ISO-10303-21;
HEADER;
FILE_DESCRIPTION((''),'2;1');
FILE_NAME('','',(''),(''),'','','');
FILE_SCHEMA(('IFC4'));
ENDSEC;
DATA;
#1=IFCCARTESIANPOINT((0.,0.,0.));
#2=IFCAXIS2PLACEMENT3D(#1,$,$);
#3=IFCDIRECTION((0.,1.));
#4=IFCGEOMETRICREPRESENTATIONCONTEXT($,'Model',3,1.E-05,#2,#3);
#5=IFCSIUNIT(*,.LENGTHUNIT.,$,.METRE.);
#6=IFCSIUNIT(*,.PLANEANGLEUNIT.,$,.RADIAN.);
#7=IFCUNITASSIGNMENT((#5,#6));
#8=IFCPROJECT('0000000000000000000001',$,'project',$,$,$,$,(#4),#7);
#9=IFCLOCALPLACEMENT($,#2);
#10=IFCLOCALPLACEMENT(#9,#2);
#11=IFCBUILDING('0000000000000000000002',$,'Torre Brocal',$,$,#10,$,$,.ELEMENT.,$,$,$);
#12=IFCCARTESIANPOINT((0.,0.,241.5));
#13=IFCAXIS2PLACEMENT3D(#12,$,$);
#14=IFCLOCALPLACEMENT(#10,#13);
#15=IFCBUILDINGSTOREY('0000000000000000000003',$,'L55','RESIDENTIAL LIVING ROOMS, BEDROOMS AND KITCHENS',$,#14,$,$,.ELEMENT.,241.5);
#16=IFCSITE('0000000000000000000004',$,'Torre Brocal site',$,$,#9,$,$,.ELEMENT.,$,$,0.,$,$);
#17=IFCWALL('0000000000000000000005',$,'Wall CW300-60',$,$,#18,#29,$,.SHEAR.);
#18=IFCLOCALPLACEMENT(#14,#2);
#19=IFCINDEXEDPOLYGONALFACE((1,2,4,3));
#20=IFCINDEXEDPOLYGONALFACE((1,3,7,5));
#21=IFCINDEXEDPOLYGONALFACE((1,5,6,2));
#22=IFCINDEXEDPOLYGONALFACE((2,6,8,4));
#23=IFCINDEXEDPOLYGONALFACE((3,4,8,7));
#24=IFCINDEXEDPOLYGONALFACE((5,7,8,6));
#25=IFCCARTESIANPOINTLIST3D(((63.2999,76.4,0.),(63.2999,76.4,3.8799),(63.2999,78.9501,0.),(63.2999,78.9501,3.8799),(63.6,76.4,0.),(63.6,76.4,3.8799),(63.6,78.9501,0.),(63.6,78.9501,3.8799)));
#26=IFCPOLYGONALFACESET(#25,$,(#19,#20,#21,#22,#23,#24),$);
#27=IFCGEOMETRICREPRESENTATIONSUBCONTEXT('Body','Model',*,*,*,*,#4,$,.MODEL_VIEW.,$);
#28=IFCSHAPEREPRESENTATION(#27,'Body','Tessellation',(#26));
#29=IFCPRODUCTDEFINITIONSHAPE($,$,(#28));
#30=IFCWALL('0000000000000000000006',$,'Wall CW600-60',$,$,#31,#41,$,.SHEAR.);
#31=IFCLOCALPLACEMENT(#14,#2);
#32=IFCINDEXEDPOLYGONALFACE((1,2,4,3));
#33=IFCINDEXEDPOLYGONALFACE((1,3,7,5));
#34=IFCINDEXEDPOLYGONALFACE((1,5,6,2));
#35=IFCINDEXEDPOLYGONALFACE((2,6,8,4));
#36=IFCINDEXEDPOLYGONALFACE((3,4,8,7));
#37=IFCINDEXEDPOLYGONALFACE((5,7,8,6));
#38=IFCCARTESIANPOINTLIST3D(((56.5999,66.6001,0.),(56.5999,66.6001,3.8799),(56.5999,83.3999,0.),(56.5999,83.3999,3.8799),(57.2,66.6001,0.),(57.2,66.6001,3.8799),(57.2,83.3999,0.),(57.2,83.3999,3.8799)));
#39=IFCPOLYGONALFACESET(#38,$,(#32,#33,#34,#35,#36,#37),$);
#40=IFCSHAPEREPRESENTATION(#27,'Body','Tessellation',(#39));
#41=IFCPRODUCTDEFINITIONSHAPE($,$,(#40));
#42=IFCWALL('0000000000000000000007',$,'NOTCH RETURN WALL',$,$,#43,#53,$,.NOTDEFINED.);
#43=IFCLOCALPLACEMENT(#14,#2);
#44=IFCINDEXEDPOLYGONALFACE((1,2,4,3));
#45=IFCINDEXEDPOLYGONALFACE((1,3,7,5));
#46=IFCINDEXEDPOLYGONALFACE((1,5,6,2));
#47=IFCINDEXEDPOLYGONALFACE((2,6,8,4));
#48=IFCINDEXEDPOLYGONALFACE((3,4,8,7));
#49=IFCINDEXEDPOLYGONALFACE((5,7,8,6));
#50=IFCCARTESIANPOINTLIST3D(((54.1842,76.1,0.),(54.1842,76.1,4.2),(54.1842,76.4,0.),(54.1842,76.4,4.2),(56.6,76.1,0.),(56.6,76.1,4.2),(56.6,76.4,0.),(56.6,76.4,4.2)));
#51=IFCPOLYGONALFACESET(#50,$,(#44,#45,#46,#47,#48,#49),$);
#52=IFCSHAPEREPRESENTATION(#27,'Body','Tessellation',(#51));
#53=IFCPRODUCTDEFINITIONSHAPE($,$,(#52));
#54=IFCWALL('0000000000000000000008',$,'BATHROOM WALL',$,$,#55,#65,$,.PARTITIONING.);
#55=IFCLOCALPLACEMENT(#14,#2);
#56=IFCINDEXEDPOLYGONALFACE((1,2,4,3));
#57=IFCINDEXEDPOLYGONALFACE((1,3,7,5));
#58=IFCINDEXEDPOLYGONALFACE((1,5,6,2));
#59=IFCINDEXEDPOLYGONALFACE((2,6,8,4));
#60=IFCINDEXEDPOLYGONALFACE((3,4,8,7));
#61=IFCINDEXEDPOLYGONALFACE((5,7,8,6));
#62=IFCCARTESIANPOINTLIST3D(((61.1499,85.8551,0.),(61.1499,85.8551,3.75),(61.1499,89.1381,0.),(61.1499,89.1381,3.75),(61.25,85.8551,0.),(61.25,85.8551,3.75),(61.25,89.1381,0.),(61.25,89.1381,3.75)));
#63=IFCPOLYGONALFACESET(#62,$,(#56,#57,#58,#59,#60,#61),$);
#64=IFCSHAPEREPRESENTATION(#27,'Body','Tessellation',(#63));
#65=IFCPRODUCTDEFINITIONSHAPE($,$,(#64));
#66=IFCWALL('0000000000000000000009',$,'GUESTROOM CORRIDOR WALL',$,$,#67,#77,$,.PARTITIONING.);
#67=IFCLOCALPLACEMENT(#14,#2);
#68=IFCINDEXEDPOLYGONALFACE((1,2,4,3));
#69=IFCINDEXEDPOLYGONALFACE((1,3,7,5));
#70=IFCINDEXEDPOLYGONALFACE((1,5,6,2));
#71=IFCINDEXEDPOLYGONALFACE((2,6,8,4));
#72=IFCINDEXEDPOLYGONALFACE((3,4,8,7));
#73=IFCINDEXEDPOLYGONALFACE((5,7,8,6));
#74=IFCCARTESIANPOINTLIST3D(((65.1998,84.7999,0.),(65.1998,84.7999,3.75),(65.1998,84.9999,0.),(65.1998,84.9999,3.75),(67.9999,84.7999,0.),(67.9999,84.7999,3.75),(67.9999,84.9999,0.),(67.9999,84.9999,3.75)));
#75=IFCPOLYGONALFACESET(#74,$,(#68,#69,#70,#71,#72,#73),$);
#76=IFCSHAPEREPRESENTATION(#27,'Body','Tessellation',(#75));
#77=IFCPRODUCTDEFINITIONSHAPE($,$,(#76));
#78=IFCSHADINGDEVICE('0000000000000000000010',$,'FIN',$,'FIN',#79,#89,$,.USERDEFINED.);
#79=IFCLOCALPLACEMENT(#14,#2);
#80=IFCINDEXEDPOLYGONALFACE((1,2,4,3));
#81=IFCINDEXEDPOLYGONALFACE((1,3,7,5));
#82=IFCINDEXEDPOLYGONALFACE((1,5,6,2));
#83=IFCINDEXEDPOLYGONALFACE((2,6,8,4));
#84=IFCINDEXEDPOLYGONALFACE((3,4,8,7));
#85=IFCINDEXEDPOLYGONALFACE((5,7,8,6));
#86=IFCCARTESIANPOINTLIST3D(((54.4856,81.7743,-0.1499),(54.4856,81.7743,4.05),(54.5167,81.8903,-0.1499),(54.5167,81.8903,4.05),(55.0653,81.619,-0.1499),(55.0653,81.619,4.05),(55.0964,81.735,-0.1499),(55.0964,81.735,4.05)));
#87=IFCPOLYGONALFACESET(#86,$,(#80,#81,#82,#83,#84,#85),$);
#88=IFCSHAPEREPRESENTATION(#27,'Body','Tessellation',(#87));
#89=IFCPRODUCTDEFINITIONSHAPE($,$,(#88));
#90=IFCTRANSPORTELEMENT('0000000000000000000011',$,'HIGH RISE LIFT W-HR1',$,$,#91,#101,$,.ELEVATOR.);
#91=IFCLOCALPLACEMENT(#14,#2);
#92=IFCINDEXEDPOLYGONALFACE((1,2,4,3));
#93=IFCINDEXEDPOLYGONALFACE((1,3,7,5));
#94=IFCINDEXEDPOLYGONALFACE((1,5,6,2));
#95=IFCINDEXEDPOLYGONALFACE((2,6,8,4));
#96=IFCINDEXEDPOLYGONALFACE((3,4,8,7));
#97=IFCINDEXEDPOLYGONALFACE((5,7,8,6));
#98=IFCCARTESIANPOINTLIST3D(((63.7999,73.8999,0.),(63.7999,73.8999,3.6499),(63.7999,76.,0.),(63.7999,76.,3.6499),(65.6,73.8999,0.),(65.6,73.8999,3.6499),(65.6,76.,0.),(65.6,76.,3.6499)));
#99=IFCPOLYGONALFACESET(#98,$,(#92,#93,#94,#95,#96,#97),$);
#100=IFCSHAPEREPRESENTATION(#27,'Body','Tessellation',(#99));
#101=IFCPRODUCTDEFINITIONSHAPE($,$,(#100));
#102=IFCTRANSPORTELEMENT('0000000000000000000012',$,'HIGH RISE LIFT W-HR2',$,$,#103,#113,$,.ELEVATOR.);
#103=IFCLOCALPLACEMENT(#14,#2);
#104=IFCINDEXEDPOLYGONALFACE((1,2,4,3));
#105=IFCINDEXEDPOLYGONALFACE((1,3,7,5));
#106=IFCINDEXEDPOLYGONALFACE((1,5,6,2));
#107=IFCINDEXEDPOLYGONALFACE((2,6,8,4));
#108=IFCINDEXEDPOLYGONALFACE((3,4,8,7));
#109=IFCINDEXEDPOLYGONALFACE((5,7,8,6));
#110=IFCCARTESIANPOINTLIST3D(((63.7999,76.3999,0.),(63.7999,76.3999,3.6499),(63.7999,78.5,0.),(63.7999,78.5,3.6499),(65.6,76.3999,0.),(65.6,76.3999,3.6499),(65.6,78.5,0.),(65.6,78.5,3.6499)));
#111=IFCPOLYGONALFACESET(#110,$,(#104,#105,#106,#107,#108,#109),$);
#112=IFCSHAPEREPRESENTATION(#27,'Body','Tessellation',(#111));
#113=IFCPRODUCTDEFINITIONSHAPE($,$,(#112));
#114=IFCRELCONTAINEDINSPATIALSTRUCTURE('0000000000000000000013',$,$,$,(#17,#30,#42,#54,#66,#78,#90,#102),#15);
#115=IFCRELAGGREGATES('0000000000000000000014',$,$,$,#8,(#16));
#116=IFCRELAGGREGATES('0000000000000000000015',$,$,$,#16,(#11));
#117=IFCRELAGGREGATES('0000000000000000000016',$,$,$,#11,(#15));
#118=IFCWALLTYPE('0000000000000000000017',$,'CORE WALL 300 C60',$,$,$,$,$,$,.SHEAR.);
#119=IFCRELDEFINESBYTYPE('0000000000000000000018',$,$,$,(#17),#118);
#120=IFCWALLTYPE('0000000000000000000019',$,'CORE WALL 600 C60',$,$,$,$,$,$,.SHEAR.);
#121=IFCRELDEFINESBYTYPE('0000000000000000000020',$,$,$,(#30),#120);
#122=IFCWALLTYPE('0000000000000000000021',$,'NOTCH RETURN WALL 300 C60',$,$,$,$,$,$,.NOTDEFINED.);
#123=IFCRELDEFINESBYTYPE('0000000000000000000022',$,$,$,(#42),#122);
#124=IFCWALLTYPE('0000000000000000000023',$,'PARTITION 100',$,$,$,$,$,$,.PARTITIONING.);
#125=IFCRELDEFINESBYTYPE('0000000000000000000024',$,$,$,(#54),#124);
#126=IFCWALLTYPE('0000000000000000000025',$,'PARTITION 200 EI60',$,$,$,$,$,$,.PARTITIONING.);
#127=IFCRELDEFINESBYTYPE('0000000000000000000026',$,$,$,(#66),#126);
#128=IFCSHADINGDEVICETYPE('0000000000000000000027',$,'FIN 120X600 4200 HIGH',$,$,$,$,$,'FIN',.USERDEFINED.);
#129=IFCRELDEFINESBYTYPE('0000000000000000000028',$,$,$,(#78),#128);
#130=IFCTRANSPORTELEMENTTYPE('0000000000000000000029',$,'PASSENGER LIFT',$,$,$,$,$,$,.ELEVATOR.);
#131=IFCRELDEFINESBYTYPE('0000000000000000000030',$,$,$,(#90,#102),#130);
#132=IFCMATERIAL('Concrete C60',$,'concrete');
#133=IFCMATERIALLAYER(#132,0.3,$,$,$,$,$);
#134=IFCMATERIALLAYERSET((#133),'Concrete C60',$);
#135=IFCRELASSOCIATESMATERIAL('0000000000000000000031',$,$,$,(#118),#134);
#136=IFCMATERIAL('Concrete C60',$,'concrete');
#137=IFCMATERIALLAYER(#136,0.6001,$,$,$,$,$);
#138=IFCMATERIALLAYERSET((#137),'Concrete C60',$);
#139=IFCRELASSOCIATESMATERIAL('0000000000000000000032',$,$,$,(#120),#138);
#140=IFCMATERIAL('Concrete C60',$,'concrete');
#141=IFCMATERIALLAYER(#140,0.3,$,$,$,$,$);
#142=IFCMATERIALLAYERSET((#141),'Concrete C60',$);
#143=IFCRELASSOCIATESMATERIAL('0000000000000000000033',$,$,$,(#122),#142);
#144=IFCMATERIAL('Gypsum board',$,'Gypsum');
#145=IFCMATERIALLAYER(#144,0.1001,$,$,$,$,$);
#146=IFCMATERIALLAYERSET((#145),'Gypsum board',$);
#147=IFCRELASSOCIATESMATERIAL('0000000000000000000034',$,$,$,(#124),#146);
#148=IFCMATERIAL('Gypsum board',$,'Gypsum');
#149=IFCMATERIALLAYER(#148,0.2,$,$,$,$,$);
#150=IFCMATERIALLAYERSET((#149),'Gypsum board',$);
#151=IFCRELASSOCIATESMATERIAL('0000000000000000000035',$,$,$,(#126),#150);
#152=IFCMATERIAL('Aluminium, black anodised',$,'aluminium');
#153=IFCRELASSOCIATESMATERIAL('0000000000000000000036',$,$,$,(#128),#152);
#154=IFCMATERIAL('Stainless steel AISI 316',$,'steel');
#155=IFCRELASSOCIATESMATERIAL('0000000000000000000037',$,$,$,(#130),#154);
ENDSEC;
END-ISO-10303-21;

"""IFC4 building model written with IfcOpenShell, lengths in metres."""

from ifc_helpers import new_model, si_unit, direction, frame, frame_2d, origin, origin_2d, place, context, subcontext, project, spatial, rectangle, extrude, material, layer, layer_set, material_profile, profile_set, type_object, element, save


model = new_model("IFC4")

# Units and contexts
model_context = context("Model", 3, precision=1e-05, world=origin(), true_north=direction((0.0, 1.0)))
body_context = subcontext(model_context, "Body", "Model", "MODEL_VIEW")
ifc_project = project(units=[si_unit("LENGTHUNIT", "METRE"), si_unit("PLANEANGLEUNIT", "RADIAN")], contexts=[model_context])

# Site, building, storey
site_placement = place(None, origin())
site = spatial("IfcSite", under=ifc_project, at=site_placement, Name="Torre Brocal site", CompositionType="ELEMENT", RefElevation=0.0)
building_placement = place(site_placement, origin())
building = spatial("IfcBuilding", under=site, at=building_placement, Name="Torre Brocal", CompositionType="ELEMENT")
storey_placement = place(building_placement, frame((0.0, 0.0, 241.5)))
storey = spatial("IfcBuildingStorey", under=building, at=storey_placement, Name="L55", Description="RESIDENTIAL LIVING ROOMS, BEDROOMS AND KITCHENS", CompositionType="ELEMENT", Elevation=241.5)

# Walls
ifc_material_1 = material(Name="Concrete C60", Category="concrete")
ifc_layer_1 = layer(ifc_material_1, 0.3)
ifc_layer_set_1 = layer_set([ifc_layer_1], Name="Concrete C60")
wall_type_1 = type_object("IfcWallType", Name="CORE WALL 300 C60", PredefinedType="SHEAR", material=ifc_layer_set_1)
for number, where, z_axis, x_axis, name in (
    (1, (63.45, 78.95, 0.0), (0.0, 0.0, 1.0), (0.0, -1.0, 0.0), "Wall CW300-60"),
):
    element("IfcWall", number, at=place(storey_placement, frame(where, z_axis=z_axis, x_axis=x_axis)), inside=storey, type_object=wall_type_1, Name=name, PredefinedType="SHEAR", context=body_context, shape_type="SweptSolid", body=[
        extrude(rectangle(XDim=2.55, YDim=0.3, at=frame_2d((1.2749, 0.0))), origin(), (0.0, 0.0, 1.0), 3.8799),
    ])
ifc_material_2 = material(Name="Concrete C60", Category="concrete")
ifc_layer_2 = layer(ifc_material_2, 0.6001)
ifc_layer_set_2 = layer_set([ifc_layer_2], Name="Concrete C60")
wall_type_2 = type_object("IfcWallType", Name="CORE WALL 600 C60", PredefinedType="SHEAR", material=ifc_layer_set_2)
wall_1_placement = place(storey_placement, frame((56.8999, 83.3999, 0.0), z_axis=(0.0, 0.0, 1.0), x_axis=(0.0, -1.0, 0.0)))
element("IfcWall", 2, at=wall_1_placement, inside=storey, type_object=wall_type_2, Name="Wall CW600-60", PredefinedType="SHEAR", context=body_context, shape_type="SweptSolid", body=[
    extrude(rectangle(XDim=16.7998, YDim=0.6001, at=frame_2d((8.3999, 0.0))), origin(), (0.0, 0.0, 1.0), 3.8799),
])
ifc_material_3 = material(Name="Concrete C60", Category="concrete")
ifc_layer_3 = layer(ifc_material_3, 0.3)
ifc_layer_set_3 = layer_set([ifc_layer_3], Name="Concrete C60")
wall_type_3 = type_object("IfcWallType", Name="NOTCH RETURN WALL 300 C60", PredefinedType="NOTDEFINED", material=ifc_layer_set_3)
wall_2_placement = place(storey_placement, frame((56.6001, 76.25, 0.0), z_axis=(0.0, 0.0, 1.0), x_axis=(-1.0, 0.0, 0.0)))
element("IfcWall", 3, at=wall_2_placement, inside=storey, type_object=wall_type_3, Name="NOTCH RETURN WALL", PredefinedType="NOTDEFINED", context=body_context, shape_type="SweptSolid", body=[
    extrude(rectangle(XDim=2.4158, YDim=0.3, at=frame_2d((1.208, 0.0))), origin(), (0.0, 0.0, 1.0), 4.2),
])
ifc_material_4 = material(Name="Gypsum board", Category="Gypsum")
ifc_layer_4 = layer(ifc_material_4, 0.1001)
ifc_layer_set_4 = layer_set([ifc_layer_4], Name="Gypsum board")
wall_type_4 = type_object("IfcWallType", Name="PARTITION 100", PredefinedType="PARTITIONING", material=ifc_layer_set_4)
wall_3_placement = place(storey_placement, frame((61.2, 85.855, 0.0), z_axis=(0.0, 0.0, 1.0), x_axis=(0.0, 1.0, 0.0)))
element("IfcWall", 4, at=wall_3_placement, inside=storey, type_object=wall_type_4, Name="BATHROOM WALL", PredefinedType="PARTITIONING", context=body_context, shape_type="SweptSolid", body=[
    extrude(rectangle(XDim=3.283, YDim=0.1001, at=frame_2d((1.6416, 0.0))), origin(), (0.0, 0.0, 1.0), 3.75),
])
ifc_material_5 = material(Name="Gypsum board", Category="Gypsum")
ifc_layer_5 = layer(ifc_material_5, 0.2)
ifc_layer_set_5 = layer_set([ifc_layer_5], Name="Gypsum board")
wall_type_5 = type_object("IfcWallType", Name="PARTITION 200 EI60", PredefinedType="PARTITIONING", material=ifc_layer_set_5)
wall_4_placement = place(storey_placement, frame((65.2, 84.8999, 0.0), z_axis=(0.0, 0.0, 1.0), x_axis=(1.0, 0.0, 0.0)))
element("IfcWall", 5, at=wall_4_placement, inside=storey, type_object=wall_type_5, Name="GUESTROOM CORRIDOR WALL", PredefinedType="PARTITIONING", context=body_context, shape_type="SweptSolid", body=[
    extrude(rectangle(XDim=2.8, YDim=0.2, at=frame_2d((1.3999, 0.0))), origin(), (0.0, 0.0, 1.0), 3.75),
])

# Shading device
ifc_material_6 = material(Name="Aluminium, black anodised", Category="aluminium")
ifc_material_profile_1 = material_profile(ifc_material_6, rectangle(XDim=0.1201, YDim=0.6001, at=origin_2d()), Name="FIN 120X600 4200 HIGH")
ifc_profile_set_1 = profile_set([ifc_material_profile_1], Name="Aluminium, black anodised")
shading_device_type = type_object("IfcShadingDeviceType", Name="FIN 120X600 4200 HIGH", ElementType="FIN", PredefinedType="USERDEFINED", material=ifc_profile_set_1)
shading_device_placement = place(storey_placement, frame((54.791, 81.7546, -0.1499), z_axis=(0.0, 0.0, 1.0), x_axis=(-0.258819, -0.965926, 0.0)))
element("IfcShadingDevice", 6, at=shading_device_placement, inside=storey, type_object=shading_device_type, Name="FIN", ObjectType="FIN", PredefinedType="USERDEFINED", context=body_context, shape_type="SweptSolid", body=[
    extrude(rectangle(XDim=0.1201, YDim=0.6001, at=origin_2d()), origin(), (0.0, 0.0, 1.0), 4.2),
])

# Transport elements
ifc_material_7 = material(Name="Stainless steel AISI 316", Category="steel")
transport_element_type = type_object("IfcTransportElementType", Name="PASSENGER LIFT", PredefinedType="ELEVATOR", material=ifc_material_7)
for number, where, z_axis, x_axis, name in (
    (7, (64.7, 74.95, 0.0), (0.0, 0.0, 1.0), (1.0, 0.0, 0.0), "HIGH RISE LIFT W-HR1"),
    (8, (64.7, 77.45, 0.0), (0.0, 0.0, 1.0), (1.0, 0.0, 0.0), "HIGH RISE LIFT W-HR2"),
):
    element("IfcTransportElement", number, at=place(storey_placement, frame(where, z_axis=z_axis, x_axis=x_axis)), inside=storey, type_object=transport_element_type, Name=name, PredefinedType="ELEVATOR", context=body_context, shape_type="SweptSolid", body=[
        extrude(rectangle(XDim=1.8, YDim=2.1001, at=origin_2d()), origin(), (0.0, 0.0, 1.0), 3.6499),
    ])

save(model, "model.ifc")
